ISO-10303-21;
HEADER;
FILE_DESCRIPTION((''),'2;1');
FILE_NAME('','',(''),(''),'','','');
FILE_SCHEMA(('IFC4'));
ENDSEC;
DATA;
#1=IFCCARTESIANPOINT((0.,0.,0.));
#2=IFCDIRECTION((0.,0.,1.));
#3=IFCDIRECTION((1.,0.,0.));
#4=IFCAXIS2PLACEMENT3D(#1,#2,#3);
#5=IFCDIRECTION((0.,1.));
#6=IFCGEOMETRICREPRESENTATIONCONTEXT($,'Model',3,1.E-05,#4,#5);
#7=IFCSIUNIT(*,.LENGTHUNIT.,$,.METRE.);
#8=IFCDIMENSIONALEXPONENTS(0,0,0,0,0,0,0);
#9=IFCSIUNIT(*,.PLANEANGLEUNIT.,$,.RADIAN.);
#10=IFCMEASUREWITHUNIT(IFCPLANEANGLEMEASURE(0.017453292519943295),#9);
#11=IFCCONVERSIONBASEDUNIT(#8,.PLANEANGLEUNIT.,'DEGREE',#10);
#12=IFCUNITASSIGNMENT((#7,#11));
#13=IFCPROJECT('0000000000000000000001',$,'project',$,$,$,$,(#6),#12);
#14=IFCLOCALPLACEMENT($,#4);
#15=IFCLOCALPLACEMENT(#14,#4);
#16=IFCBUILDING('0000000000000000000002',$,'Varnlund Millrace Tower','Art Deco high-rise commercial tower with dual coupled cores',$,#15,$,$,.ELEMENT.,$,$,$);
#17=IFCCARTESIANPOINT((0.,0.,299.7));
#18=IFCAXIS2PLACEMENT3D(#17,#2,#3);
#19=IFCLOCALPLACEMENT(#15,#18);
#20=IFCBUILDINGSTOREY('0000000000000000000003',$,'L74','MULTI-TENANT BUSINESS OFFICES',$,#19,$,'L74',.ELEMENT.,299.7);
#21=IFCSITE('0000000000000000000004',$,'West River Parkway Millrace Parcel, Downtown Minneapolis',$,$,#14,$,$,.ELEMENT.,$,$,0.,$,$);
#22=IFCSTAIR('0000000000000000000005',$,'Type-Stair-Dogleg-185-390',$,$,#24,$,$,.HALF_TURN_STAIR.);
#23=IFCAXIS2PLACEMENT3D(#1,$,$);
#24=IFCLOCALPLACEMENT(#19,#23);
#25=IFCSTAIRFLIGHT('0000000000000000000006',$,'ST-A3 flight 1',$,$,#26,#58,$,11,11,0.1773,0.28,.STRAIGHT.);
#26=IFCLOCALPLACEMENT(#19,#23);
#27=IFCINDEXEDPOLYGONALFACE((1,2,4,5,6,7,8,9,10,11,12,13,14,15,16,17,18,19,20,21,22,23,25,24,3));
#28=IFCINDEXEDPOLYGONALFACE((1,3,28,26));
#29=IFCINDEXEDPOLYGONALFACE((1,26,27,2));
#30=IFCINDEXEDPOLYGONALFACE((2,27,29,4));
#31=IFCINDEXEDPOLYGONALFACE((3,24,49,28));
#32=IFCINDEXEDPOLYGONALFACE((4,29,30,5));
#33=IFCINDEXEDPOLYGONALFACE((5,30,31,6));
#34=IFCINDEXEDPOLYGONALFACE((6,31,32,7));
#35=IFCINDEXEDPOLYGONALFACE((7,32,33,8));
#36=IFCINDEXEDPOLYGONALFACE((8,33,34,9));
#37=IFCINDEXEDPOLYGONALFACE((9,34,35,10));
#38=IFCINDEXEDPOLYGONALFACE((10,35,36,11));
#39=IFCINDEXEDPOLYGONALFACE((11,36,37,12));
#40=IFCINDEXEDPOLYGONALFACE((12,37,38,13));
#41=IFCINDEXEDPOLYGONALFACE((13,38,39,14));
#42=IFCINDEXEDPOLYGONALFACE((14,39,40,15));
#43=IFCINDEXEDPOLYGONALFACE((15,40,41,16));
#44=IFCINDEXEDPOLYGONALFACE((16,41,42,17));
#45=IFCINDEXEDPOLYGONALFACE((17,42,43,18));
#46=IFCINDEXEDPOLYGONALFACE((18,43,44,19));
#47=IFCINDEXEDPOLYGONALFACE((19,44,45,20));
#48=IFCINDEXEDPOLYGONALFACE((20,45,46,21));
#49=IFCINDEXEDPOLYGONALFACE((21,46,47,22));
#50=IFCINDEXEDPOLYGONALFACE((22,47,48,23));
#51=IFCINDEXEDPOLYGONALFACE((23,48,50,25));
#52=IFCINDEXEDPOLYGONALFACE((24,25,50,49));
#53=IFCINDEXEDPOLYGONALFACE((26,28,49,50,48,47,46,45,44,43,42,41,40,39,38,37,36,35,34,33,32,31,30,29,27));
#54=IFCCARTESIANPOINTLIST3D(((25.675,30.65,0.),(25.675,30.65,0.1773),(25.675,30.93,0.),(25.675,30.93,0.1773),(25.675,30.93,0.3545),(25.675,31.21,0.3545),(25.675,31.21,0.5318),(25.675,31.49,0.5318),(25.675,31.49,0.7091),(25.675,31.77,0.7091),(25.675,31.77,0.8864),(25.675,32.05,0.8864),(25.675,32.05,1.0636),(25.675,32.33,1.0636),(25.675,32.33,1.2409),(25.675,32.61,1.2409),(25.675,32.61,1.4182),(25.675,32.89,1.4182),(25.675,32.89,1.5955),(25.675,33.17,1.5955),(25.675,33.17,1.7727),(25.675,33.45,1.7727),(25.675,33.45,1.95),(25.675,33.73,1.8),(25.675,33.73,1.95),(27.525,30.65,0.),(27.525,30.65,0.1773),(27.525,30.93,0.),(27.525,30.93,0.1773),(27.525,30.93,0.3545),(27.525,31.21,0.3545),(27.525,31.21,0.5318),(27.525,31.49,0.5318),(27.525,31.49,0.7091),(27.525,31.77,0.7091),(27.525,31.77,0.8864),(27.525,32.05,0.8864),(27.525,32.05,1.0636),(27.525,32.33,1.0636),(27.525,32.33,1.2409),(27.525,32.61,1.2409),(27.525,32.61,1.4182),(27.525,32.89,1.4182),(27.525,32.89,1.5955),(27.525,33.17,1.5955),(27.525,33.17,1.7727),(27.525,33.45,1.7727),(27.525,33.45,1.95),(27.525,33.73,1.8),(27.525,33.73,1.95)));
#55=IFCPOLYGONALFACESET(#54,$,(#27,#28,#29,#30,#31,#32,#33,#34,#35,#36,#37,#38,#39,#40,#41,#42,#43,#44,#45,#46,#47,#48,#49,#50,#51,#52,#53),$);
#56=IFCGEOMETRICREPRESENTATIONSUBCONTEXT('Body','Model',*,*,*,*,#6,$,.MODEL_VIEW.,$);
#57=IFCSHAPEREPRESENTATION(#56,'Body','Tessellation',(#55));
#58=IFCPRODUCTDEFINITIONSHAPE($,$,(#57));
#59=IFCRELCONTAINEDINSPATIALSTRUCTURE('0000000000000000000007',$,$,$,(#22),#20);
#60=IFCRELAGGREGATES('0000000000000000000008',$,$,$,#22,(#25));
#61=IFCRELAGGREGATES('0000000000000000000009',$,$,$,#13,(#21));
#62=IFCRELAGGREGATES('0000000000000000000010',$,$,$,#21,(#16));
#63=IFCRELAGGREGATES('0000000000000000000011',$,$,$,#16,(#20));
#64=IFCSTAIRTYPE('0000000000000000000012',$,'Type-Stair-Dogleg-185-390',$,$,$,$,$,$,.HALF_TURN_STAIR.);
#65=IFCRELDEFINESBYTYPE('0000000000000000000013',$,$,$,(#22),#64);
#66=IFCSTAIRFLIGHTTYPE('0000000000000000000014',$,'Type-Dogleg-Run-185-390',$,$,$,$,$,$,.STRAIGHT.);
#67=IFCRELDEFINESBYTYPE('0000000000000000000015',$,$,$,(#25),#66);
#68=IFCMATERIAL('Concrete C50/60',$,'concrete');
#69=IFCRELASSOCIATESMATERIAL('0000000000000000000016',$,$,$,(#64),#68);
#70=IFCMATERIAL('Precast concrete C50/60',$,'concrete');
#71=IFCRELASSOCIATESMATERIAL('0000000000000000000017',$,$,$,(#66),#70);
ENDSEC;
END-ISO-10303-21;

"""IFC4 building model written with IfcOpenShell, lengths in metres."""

from ifc_helpers import new_model, entity, si_unit, converted_unit, direction, frame, origin_with_axes, place, context, subcontext, project, spatial, polyline, outline, extrude, material, type_object, element, aggregate, save


model = new_model("IFC4")

# Units and contexts
model_context = context("Model", 3, precision=1e-05, world=origin_with_axes(), true_north=direction((0.0, 1.0)))
body_context = subcontext(model_context, "Body", "Model", "MODEL_VIEW")
ifc_project = project(units=[si_unit("LENGTHUNIT", "METRE"), converted_unit("PLANEANGLEUNIT", "DEGREE", entity("IfcPlaneAngleMeasure", 0.017453292519943295), si_unit("PLANEANGLEUNIT", "RADIAN"), dimensions=[0, 0, 0, 0, 0, 0, 0])], contexts=[model_context])

# Site, building, storey
site_placement = place(None, origin_with_axes())
site = spatial("IfcSite", under=ifc_project, at=site_placement, Name="West River Parkway Millrace Parcel, Downtown Minneapolis", CompositionType="ELEMENT", RefElevation=0.0)
building_placement = place(site_placement, origin_with_axes())
building = spatial("IfcBuilding", under=site, at=building_placement, Name="Varnlund Millrace Tower", Description="Art Deco high-rise commercial tower with dual coupled cores", CompositionType="ELEMENT")
storey_placement = place(building_placement, frame((0.0, 0.0, 299.7), z_axis=(0.0, 0.0, 1.0), x_axis=(1.0, 0.0, 0.0)))
storey = spatial("IfcBuildingStorey", under=building, at=storey_placement, Name="L74", Description="MULTI-TENANT BUSINESS OFFICES", LongName="L74", CompositionType="ELEMENT", Elevation=299.7)

# Stair, stair flight
ifc_material_1 = material(Name="Concrete C50/60", Category="concrete")
stair_type = type_object("IfcStairType", Name="Type-Stair-Dogleg-185-390", PredefinedType="HALF_TURN_STAIR", material=ifc_material_1)
ifc_material_2 = material(Name="Precast concrete C50/60", Category="concrete")
stair_flight_type = type_object("IfcStairFlightType", Name="Type-Dogleg-Run-185-390", PredefinedType="STRAIGHT", material=ifc_material_2)
stair_1_placement = place(storey_placement, origin_with_axes())
stair_1 = element("IfcStair", 1, at=stair_1_placement, inside=storey, type_object=stair_type, Name="Type-Stair-Dogleg-185-390", PredefinedType="HALF_TURN_STAIR")
stair_flight_1_placement = place(storey_placement, frame((25.675, 30.65, 0.0), z_axis=(1.0, 0.0, 0.0), x_axis=(0.0, 1.0, 0.0)))
stair_flight_1 = element("IfcStairFlight", 2, at=stair_flight_1_placement, type_object=stair_flight_type, Name="ST-A3 flight 1", NumberOfRisers=11, NumberOfTreads=11, PredefinedType="STRAIGHT", RiserHeight=0.1773, TreadLength=0.28, context=body_context, shape_type="SweptSolid", body=[
    extrude(outline(polyline([(0.0, 0.0), (0.0, 0.1773), (0.28, 0.1773), (0.28, 0.3545), (0.56, 0.3545), (0.56, 0.5318), (0.84, 0.5318), (0.84, 0.7091), (1.12, 0.7091), (1.12, 0.8864), (1.4, 0.8864), (1.4, 1.0636), (1.68, 1.0636), (1.68, 1.2409), (1.96, 1.2409), (1.96, 1.4182), (2.24, 1.4182), (2.24, 1.5955), (2.52, 1.5955), (2.52, 1.7727), (2.8, 1.7727), (2.8, 1.95), (3.08, 1.95), (3.08, 1.8), (0.28, 0.0), (0.0, 0.0)])), origin_with_axes(), (0.0, 0.0, 1.0), 1.85),
])
aggregate(stair_1, [stair_flight_1])

save(model, "model.ifc")
